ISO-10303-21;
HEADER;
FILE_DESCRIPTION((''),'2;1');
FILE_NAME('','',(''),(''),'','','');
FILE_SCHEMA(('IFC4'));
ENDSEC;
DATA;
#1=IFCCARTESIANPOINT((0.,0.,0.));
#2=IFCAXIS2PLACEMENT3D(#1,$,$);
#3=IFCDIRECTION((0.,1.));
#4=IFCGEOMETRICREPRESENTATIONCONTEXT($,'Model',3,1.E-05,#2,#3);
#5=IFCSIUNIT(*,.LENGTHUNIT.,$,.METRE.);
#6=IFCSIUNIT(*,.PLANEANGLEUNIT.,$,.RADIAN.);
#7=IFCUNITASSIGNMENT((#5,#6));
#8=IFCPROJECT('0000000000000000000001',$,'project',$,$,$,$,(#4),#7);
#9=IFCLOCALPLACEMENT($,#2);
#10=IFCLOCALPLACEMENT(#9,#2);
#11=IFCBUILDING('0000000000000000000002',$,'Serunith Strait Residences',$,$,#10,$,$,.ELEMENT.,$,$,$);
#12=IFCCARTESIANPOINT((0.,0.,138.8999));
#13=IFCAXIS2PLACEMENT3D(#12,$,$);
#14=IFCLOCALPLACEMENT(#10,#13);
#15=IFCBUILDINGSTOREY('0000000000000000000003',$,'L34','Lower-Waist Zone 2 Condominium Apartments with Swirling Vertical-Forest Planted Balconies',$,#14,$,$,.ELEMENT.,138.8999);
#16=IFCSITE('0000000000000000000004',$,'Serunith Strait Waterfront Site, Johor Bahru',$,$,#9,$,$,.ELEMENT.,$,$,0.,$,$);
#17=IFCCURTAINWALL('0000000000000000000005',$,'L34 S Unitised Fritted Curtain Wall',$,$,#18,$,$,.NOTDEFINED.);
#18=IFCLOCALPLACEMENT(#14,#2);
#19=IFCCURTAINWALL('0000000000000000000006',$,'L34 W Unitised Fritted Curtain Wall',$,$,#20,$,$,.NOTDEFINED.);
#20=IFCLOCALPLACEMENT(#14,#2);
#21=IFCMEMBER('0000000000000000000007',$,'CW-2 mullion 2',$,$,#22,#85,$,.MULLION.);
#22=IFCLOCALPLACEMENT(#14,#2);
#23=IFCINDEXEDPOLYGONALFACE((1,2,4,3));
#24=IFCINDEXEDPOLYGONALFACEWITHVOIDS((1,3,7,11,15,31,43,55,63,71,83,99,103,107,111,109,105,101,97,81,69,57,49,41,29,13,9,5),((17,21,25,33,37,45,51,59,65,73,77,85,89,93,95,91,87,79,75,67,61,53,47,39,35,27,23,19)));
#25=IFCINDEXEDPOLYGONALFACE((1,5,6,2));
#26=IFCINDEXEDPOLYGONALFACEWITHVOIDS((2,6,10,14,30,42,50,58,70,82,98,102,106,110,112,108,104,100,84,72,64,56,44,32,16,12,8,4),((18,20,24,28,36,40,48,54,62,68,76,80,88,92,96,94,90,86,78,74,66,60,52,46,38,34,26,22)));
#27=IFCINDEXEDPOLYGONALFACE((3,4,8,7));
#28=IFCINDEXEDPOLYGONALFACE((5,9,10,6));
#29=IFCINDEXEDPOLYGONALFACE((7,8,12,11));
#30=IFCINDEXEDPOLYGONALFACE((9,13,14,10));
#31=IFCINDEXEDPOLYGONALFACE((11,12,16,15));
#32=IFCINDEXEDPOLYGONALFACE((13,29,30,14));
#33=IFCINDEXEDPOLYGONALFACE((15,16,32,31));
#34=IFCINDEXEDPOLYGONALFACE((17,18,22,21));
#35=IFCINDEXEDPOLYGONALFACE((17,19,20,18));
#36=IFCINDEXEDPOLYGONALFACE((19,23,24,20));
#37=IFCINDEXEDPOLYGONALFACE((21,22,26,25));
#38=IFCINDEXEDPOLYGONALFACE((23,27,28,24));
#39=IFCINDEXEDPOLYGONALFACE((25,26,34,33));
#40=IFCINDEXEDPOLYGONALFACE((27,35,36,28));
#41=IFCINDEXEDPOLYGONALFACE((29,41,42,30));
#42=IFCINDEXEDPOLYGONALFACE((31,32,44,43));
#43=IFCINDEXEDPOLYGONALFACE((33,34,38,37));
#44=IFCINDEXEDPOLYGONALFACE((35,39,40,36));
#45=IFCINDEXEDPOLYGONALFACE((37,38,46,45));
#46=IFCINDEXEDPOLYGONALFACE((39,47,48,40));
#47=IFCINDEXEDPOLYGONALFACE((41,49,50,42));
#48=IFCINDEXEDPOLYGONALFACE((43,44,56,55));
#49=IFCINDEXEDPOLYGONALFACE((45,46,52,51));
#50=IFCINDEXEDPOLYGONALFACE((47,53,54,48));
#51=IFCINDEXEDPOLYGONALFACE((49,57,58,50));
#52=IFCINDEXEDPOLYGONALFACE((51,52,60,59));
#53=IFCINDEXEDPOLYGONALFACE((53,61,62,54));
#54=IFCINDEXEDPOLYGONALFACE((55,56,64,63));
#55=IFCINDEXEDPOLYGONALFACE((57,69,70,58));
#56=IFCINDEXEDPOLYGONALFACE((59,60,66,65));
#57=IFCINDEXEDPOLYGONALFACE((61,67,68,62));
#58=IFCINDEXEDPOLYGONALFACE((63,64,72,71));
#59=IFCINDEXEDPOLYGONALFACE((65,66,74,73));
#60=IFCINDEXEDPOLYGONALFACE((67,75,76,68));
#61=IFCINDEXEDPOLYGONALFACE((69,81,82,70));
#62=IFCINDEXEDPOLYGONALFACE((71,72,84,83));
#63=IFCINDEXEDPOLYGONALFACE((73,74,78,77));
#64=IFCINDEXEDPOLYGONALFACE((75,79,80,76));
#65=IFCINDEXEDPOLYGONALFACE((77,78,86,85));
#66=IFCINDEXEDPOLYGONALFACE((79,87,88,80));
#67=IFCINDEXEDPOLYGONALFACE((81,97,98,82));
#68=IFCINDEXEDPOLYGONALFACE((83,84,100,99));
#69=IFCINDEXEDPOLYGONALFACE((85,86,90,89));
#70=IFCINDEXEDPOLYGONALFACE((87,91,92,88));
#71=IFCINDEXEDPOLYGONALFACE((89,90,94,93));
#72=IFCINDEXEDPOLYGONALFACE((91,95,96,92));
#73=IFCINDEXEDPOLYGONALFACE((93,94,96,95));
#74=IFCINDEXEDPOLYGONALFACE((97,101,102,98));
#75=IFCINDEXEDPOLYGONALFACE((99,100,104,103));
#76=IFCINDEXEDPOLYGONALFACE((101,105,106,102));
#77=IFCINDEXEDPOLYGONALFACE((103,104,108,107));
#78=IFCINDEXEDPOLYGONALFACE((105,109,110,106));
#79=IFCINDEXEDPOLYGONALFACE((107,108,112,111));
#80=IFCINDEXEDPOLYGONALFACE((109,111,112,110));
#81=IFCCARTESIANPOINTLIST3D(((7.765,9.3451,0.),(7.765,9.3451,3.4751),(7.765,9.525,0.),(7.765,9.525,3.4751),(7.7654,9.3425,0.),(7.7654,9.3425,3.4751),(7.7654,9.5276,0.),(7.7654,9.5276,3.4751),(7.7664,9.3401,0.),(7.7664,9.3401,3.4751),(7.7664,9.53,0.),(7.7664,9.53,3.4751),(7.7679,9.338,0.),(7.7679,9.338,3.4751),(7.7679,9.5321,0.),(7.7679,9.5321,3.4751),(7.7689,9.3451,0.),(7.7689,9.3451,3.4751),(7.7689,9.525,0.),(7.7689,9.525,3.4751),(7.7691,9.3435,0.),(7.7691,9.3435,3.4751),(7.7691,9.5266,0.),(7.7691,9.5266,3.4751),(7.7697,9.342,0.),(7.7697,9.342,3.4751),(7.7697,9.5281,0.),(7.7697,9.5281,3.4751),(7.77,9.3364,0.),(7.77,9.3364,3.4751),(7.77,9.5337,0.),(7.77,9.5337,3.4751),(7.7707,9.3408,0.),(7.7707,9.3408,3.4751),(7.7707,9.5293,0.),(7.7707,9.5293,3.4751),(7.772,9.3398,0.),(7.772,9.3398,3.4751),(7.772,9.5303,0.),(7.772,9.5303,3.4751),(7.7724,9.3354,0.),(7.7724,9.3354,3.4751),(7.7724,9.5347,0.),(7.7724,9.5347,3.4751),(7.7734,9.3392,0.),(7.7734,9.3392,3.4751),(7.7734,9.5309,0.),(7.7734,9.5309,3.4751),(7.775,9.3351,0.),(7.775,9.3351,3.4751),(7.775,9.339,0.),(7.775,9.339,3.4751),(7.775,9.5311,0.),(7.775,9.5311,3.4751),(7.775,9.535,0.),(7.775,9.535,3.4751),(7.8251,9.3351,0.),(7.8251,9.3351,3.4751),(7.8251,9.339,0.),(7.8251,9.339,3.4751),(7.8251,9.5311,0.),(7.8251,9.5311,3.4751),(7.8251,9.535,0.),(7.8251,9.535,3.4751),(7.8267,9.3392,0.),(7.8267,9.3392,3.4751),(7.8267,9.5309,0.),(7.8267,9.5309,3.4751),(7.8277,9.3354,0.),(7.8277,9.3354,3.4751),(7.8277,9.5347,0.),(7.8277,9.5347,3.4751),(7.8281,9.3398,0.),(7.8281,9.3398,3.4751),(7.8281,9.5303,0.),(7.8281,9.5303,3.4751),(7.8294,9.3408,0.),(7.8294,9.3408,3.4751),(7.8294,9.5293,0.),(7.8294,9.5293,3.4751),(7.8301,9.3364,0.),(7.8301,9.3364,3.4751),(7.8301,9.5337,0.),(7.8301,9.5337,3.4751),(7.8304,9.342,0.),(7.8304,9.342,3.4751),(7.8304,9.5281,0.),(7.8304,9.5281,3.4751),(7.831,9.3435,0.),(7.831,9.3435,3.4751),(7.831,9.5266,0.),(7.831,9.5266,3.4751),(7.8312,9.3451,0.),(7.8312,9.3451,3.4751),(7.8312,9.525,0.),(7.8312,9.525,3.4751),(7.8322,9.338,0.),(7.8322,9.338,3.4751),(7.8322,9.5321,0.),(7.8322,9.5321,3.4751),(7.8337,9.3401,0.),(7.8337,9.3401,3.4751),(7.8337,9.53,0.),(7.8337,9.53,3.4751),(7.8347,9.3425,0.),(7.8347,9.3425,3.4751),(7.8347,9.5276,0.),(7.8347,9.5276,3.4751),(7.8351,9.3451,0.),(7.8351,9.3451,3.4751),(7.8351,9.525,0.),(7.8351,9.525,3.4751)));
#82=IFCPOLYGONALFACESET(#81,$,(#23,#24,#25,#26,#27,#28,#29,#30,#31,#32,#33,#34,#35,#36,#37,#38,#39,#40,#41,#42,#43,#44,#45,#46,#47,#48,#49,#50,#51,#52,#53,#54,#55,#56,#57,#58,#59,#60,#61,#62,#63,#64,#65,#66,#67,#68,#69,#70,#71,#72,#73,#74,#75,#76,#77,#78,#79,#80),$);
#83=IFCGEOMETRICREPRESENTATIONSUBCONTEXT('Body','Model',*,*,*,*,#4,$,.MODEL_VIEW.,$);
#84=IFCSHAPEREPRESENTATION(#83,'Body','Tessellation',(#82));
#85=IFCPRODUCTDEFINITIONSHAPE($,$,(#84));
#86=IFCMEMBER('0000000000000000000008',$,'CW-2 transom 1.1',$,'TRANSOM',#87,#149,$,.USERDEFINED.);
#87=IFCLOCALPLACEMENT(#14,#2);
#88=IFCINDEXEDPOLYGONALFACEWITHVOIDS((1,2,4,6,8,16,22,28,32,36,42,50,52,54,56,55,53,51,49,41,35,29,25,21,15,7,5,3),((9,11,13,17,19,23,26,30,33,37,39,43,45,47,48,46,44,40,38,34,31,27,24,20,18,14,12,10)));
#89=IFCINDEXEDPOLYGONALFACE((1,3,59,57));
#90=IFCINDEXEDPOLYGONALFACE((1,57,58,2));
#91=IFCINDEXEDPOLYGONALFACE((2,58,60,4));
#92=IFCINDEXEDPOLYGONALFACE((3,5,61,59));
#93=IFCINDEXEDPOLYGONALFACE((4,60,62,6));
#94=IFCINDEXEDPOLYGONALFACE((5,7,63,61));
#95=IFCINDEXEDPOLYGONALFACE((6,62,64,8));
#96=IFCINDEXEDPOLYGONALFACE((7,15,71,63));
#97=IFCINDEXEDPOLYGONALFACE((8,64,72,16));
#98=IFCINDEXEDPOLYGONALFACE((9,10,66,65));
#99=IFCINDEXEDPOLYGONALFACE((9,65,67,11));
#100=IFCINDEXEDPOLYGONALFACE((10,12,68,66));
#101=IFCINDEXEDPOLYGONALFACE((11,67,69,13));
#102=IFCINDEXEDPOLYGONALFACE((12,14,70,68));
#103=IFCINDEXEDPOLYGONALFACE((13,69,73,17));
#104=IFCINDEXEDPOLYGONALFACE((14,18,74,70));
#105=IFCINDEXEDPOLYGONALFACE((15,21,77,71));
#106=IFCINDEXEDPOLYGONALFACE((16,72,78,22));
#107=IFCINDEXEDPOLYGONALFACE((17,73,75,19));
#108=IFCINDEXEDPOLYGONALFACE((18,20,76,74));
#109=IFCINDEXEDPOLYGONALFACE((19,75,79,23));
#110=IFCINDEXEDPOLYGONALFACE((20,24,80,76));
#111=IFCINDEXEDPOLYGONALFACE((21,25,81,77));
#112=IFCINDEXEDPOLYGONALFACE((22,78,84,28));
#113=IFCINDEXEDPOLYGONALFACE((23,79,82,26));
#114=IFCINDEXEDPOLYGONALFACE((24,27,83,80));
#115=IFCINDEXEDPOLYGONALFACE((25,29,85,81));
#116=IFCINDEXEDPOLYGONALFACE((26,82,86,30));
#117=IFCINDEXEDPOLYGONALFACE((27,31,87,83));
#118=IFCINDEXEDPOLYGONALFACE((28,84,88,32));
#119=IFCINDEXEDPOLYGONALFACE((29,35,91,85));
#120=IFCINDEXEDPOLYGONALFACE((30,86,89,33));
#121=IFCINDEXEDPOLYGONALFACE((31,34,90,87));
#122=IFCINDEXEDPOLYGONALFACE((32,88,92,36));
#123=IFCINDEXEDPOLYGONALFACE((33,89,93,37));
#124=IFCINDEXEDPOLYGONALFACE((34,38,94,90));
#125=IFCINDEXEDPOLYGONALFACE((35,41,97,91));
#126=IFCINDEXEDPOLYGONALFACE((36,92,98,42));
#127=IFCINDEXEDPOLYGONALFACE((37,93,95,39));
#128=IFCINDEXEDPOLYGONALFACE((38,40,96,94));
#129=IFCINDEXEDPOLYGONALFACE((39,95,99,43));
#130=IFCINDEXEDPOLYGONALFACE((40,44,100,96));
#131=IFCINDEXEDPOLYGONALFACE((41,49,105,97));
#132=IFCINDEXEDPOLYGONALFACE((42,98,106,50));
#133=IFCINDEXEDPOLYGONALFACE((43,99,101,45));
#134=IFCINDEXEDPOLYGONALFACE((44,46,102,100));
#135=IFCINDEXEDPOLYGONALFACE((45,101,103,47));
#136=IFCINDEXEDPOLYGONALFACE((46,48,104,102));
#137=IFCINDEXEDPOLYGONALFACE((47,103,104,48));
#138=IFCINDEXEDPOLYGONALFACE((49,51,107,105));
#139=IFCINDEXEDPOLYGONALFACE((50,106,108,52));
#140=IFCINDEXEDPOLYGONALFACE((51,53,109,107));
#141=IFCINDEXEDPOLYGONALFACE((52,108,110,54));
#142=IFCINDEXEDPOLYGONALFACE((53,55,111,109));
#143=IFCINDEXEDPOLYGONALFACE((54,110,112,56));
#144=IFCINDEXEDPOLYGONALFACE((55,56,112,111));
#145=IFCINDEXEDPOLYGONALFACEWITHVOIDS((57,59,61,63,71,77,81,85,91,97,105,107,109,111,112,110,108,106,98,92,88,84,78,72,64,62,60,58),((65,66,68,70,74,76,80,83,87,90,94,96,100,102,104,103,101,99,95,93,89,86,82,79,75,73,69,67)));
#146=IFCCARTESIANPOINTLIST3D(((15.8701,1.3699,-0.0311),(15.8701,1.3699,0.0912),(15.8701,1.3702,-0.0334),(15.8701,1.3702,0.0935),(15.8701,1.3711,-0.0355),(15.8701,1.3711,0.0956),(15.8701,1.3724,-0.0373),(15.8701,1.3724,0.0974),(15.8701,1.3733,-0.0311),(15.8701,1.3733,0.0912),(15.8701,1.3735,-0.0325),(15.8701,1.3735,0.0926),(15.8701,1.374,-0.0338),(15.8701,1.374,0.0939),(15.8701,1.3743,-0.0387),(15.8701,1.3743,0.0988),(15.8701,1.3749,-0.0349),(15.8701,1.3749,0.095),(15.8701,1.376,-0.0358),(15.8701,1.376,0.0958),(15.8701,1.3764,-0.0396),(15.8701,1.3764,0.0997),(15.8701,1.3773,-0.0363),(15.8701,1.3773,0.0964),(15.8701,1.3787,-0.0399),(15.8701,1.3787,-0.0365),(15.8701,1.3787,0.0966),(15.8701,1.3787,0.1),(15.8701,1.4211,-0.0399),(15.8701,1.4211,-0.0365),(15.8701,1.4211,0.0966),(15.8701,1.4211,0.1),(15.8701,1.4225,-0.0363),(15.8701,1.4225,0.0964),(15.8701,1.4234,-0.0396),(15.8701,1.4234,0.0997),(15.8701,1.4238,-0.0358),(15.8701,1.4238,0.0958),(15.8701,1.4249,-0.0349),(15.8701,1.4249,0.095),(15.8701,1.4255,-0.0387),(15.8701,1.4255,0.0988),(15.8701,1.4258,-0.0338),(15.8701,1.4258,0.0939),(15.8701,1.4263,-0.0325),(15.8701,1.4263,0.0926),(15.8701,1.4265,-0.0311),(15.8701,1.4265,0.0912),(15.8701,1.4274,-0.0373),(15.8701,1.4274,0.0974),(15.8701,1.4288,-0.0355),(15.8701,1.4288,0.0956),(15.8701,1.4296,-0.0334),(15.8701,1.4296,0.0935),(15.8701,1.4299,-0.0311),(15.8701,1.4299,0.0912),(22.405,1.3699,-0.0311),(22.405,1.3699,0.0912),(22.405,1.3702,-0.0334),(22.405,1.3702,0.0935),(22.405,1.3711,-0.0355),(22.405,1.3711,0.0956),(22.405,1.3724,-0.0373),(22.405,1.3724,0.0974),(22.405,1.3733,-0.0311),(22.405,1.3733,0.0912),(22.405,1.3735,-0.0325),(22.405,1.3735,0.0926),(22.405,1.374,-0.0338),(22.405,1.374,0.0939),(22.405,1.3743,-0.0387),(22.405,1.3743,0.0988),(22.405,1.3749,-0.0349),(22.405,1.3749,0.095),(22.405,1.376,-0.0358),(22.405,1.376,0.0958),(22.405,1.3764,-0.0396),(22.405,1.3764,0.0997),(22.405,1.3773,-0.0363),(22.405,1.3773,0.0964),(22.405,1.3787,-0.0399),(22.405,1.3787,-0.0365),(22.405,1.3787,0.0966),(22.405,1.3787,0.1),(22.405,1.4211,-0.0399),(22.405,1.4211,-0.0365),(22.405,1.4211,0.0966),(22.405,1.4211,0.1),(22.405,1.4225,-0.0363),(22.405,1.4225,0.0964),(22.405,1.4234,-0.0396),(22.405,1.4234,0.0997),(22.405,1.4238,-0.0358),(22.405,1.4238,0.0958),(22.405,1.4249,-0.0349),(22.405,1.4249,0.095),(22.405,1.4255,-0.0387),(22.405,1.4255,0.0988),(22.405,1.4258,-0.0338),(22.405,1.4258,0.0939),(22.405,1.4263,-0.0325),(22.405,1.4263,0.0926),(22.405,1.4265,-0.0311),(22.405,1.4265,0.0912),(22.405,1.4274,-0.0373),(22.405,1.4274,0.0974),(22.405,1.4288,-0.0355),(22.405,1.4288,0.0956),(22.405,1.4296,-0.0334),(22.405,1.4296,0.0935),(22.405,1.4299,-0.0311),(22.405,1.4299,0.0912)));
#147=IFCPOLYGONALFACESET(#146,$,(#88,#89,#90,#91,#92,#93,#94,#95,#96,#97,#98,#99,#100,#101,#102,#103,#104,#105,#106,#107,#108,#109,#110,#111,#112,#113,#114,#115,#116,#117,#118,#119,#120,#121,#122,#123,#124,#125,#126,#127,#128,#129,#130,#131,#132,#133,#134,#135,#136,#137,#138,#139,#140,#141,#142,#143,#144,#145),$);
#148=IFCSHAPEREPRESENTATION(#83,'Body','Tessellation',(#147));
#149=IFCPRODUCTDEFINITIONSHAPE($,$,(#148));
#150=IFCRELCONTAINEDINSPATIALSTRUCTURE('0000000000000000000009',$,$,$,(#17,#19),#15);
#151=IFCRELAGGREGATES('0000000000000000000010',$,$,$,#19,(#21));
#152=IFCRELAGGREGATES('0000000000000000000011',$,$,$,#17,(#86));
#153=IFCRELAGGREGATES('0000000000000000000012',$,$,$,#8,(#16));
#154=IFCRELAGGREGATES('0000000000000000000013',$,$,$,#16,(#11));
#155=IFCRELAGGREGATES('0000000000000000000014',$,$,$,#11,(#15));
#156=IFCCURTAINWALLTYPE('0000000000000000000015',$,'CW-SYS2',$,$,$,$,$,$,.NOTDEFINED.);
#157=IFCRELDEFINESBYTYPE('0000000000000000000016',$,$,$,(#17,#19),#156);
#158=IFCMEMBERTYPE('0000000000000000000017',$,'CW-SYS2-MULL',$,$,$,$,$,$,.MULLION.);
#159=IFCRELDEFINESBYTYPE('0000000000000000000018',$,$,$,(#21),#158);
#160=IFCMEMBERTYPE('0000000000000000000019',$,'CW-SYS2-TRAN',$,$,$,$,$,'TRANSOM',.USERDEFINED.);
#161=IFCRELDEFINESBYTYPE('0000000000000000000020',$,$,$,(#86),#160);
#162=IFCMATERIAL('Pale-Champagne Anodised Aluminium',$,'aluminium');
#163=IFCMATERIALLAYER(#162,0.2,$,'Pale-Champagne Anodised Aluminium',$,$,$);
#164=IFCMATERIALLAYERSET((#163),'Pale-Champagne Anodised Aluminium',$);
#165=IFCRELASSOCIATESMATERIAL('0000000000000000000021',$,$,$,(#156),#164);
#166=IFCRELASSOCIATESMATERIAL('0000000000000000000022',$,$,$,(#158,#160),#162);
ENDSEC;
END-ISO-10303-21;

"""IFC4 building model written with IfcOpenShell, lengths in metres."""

from ifc_helpers import new_model, si_unit, direction, frame, origin, origin_2d, place, context, subcontext, project, spatial, hollow_rectangle, extrude, source, transform, mapped, material, layer, layer_set, material_profile, profile_set, type_object, element, aggregate, save


model = new_model("IFC4")

# Units and contexts
model_context = context("Model", 3, precision=1e-05, world=origin(), true_north=direction((0.0, 1.0)))
body_context = subcontext(model_context, "Body", "Model", "MODEL_VIEW")
ifc_project = project(units=[si_unit("LENGTHUNIT", "METRE"), si_unit("PLANEANGLEUNIT", "RADIAN")], contexts=[model_context])

# Site, building, storey
site_placement = place(None, origin())
site = spatial("IfcSite", under=ifc_project, at=site_placement, Name="Serunith Strait Waterfront Site, Johor Bahru", CompositionType="ELEMENT", RefElevation=0.0)
building_placement = place(site_placement, origin())
building = spatial("IfcBuilding", under=site, at=building_placement, Name="Serunith Strait Residences", CompositionType="ELEMENT")
storey_placement = place(building_placement, frame((0.0, 0.0, 138.8999)))
storey = spatial("IfcBuildingStorey", under=building, at=storey_placement, Name="L34", Description="Lower-Waist Zone 2 Condominium Apartments with Swirling Vertical-Forest Planted Balconies", CompositionType="ELEMENT", Elevation=138.8999)

# Curtain walls, member
ifc_material_1 = material(Name="Pale-Champagne Anodised Aluminium", Category="aluminium")
ifc_layer_1 = layer(ifc_material_1, 0.2, Name="Pale-Champagne Anodised Aluminium")
ifc_layer_set_1 = layer_set([ifc_layer_1], Name="Pale-Champagne Anodised Aluminium")
curtain_wall_type = type_object("IfcCurtainWallType", Name="CW-SYS2", PredefinedType="NOTDEFINED", material=ifc_layer_set_1)
curtain_wall_1_placement = place(storey_placement, origin())
curtain_wall_1 = element("IfcCurtainWall", 1, at=curtain_wall_1_placement, inside=storey, type_object=curtain_wall_type, Name="L34 S Unitised Fritted Curtain Wall", PredefinedType="NOTDEFINED")
ifc_material_profile_1 = material_profile(ifc_material_1, hollow_rectangle(XDim=0.0701, YDim=0.2, WallThickness=0.0039, InnerFilletRadius=0.0061, OuterFilletRadius=0.01, at=origin_2d()), Name="ALU 200x70x4")
ifc_profile_set_1 = profile_set([ifc_material_profile_1], Name="Pale-Champagne Anodised Aluminium")
member_type_1 = type_object("IfcMemberType", Name="CW-SYS2-MULL", PredefinedType="MULLION", material=ifc_profile_set_1)
shared_shape_1 = source(origin(), body_context, "Body", "SweptSolid", [
    extrude(hollow_rectangle(XDim=0.0701, YDim=0.2, WallThickness=0.0039, InnerFilletRadius=0.0061, OuterFilletRadius=0.01, at=origin_2d()), origin(), (0.0, 0.0, 1.0), 3.4751),
])
curtain_wall_2_placement = place(storey_placement, origin())
curtain_wall_2 = element("IfcCurtainWall", 2, at=curtain_wall_2_placement, inside=storey, type_object=curtain_wall_type, Name="L34 W Unitised Fritted Curtain Wall", PredefinedType="NOTDEFINED")
member_1_placement = place(storey_placement, frame((7.8, 9.4351, 0.0), z_axis=(0.0, 0.0, 1.0), x_axis=(1.0, 0.0, 0.0)))
member_1 = element("IfcMember", 3, at=member_1_placement, type_object=member_type_1, Name="CW-2 mullion 2", PredefinedType="MULLION", context=body_context, shape_type="MappedRepresentation", body=[
    mapped(shared_shape_1, transform((0.0, 0.0, 0.0), scale=1.0)),
])
aggregate(curtain_wall_2, [member_1])

# Member
ifc_material_profile_2 = material_profile(ifc_material_1, hollow_rectangle(XDim=0.0601, YDim=0.1399, WallThickness=0.0034, InnerFilletRadius=0.0054, OuterFilletRadius=0.0088, at=origin_2d()), Name="ALU 140x60x3.5")
ifc_profile_set_2 = profile_set([ifc_material_profile_2], Name="Pale-Champagne Anodised Aluminium")
member_type_2 = type_object("IfcMemberType", Name="CW-SYS2-TRAN", ElementType="TRANSOM", PredefinedType="USERDEFINED", material=ifc_profile_set_2)
shared_shape_2 = source(origin(), body_context, "Body", "SweptSolid", [
    extrude(hollow_rectangle(XDim=0.0601, YDim=0.1399, WallThickness=0.0034, InnerFilletRadius=0.0054, OuterFilletRadius=0.0088, at=origin_2d()), origin(), (0.0, 0.0, 1.0), 6.5349),
])
member_2_placement = place(storey_placement, frame((15.8701, 1.3999, 0.03), z_axis=(1.0, 0.0, 0.0), x_axis=(0.0, 1.0, 0.0)))
member_2 = element("IfcMember", 4, at=member_2_placement, type_object=member_type_2, Name="CW-2 transom 1.1", ObjectType="TRANSOM", PredefinedType="USERDEFINED", context=body_context, shape_type="MappedRepresentation", body=[
    mapped(shared_shape_2, transform((0.0, 0.0, 0.0), scale=1.0)),
])
aggregate(curtain_wall_1, [member_2])

save(model, "model.ifc")
